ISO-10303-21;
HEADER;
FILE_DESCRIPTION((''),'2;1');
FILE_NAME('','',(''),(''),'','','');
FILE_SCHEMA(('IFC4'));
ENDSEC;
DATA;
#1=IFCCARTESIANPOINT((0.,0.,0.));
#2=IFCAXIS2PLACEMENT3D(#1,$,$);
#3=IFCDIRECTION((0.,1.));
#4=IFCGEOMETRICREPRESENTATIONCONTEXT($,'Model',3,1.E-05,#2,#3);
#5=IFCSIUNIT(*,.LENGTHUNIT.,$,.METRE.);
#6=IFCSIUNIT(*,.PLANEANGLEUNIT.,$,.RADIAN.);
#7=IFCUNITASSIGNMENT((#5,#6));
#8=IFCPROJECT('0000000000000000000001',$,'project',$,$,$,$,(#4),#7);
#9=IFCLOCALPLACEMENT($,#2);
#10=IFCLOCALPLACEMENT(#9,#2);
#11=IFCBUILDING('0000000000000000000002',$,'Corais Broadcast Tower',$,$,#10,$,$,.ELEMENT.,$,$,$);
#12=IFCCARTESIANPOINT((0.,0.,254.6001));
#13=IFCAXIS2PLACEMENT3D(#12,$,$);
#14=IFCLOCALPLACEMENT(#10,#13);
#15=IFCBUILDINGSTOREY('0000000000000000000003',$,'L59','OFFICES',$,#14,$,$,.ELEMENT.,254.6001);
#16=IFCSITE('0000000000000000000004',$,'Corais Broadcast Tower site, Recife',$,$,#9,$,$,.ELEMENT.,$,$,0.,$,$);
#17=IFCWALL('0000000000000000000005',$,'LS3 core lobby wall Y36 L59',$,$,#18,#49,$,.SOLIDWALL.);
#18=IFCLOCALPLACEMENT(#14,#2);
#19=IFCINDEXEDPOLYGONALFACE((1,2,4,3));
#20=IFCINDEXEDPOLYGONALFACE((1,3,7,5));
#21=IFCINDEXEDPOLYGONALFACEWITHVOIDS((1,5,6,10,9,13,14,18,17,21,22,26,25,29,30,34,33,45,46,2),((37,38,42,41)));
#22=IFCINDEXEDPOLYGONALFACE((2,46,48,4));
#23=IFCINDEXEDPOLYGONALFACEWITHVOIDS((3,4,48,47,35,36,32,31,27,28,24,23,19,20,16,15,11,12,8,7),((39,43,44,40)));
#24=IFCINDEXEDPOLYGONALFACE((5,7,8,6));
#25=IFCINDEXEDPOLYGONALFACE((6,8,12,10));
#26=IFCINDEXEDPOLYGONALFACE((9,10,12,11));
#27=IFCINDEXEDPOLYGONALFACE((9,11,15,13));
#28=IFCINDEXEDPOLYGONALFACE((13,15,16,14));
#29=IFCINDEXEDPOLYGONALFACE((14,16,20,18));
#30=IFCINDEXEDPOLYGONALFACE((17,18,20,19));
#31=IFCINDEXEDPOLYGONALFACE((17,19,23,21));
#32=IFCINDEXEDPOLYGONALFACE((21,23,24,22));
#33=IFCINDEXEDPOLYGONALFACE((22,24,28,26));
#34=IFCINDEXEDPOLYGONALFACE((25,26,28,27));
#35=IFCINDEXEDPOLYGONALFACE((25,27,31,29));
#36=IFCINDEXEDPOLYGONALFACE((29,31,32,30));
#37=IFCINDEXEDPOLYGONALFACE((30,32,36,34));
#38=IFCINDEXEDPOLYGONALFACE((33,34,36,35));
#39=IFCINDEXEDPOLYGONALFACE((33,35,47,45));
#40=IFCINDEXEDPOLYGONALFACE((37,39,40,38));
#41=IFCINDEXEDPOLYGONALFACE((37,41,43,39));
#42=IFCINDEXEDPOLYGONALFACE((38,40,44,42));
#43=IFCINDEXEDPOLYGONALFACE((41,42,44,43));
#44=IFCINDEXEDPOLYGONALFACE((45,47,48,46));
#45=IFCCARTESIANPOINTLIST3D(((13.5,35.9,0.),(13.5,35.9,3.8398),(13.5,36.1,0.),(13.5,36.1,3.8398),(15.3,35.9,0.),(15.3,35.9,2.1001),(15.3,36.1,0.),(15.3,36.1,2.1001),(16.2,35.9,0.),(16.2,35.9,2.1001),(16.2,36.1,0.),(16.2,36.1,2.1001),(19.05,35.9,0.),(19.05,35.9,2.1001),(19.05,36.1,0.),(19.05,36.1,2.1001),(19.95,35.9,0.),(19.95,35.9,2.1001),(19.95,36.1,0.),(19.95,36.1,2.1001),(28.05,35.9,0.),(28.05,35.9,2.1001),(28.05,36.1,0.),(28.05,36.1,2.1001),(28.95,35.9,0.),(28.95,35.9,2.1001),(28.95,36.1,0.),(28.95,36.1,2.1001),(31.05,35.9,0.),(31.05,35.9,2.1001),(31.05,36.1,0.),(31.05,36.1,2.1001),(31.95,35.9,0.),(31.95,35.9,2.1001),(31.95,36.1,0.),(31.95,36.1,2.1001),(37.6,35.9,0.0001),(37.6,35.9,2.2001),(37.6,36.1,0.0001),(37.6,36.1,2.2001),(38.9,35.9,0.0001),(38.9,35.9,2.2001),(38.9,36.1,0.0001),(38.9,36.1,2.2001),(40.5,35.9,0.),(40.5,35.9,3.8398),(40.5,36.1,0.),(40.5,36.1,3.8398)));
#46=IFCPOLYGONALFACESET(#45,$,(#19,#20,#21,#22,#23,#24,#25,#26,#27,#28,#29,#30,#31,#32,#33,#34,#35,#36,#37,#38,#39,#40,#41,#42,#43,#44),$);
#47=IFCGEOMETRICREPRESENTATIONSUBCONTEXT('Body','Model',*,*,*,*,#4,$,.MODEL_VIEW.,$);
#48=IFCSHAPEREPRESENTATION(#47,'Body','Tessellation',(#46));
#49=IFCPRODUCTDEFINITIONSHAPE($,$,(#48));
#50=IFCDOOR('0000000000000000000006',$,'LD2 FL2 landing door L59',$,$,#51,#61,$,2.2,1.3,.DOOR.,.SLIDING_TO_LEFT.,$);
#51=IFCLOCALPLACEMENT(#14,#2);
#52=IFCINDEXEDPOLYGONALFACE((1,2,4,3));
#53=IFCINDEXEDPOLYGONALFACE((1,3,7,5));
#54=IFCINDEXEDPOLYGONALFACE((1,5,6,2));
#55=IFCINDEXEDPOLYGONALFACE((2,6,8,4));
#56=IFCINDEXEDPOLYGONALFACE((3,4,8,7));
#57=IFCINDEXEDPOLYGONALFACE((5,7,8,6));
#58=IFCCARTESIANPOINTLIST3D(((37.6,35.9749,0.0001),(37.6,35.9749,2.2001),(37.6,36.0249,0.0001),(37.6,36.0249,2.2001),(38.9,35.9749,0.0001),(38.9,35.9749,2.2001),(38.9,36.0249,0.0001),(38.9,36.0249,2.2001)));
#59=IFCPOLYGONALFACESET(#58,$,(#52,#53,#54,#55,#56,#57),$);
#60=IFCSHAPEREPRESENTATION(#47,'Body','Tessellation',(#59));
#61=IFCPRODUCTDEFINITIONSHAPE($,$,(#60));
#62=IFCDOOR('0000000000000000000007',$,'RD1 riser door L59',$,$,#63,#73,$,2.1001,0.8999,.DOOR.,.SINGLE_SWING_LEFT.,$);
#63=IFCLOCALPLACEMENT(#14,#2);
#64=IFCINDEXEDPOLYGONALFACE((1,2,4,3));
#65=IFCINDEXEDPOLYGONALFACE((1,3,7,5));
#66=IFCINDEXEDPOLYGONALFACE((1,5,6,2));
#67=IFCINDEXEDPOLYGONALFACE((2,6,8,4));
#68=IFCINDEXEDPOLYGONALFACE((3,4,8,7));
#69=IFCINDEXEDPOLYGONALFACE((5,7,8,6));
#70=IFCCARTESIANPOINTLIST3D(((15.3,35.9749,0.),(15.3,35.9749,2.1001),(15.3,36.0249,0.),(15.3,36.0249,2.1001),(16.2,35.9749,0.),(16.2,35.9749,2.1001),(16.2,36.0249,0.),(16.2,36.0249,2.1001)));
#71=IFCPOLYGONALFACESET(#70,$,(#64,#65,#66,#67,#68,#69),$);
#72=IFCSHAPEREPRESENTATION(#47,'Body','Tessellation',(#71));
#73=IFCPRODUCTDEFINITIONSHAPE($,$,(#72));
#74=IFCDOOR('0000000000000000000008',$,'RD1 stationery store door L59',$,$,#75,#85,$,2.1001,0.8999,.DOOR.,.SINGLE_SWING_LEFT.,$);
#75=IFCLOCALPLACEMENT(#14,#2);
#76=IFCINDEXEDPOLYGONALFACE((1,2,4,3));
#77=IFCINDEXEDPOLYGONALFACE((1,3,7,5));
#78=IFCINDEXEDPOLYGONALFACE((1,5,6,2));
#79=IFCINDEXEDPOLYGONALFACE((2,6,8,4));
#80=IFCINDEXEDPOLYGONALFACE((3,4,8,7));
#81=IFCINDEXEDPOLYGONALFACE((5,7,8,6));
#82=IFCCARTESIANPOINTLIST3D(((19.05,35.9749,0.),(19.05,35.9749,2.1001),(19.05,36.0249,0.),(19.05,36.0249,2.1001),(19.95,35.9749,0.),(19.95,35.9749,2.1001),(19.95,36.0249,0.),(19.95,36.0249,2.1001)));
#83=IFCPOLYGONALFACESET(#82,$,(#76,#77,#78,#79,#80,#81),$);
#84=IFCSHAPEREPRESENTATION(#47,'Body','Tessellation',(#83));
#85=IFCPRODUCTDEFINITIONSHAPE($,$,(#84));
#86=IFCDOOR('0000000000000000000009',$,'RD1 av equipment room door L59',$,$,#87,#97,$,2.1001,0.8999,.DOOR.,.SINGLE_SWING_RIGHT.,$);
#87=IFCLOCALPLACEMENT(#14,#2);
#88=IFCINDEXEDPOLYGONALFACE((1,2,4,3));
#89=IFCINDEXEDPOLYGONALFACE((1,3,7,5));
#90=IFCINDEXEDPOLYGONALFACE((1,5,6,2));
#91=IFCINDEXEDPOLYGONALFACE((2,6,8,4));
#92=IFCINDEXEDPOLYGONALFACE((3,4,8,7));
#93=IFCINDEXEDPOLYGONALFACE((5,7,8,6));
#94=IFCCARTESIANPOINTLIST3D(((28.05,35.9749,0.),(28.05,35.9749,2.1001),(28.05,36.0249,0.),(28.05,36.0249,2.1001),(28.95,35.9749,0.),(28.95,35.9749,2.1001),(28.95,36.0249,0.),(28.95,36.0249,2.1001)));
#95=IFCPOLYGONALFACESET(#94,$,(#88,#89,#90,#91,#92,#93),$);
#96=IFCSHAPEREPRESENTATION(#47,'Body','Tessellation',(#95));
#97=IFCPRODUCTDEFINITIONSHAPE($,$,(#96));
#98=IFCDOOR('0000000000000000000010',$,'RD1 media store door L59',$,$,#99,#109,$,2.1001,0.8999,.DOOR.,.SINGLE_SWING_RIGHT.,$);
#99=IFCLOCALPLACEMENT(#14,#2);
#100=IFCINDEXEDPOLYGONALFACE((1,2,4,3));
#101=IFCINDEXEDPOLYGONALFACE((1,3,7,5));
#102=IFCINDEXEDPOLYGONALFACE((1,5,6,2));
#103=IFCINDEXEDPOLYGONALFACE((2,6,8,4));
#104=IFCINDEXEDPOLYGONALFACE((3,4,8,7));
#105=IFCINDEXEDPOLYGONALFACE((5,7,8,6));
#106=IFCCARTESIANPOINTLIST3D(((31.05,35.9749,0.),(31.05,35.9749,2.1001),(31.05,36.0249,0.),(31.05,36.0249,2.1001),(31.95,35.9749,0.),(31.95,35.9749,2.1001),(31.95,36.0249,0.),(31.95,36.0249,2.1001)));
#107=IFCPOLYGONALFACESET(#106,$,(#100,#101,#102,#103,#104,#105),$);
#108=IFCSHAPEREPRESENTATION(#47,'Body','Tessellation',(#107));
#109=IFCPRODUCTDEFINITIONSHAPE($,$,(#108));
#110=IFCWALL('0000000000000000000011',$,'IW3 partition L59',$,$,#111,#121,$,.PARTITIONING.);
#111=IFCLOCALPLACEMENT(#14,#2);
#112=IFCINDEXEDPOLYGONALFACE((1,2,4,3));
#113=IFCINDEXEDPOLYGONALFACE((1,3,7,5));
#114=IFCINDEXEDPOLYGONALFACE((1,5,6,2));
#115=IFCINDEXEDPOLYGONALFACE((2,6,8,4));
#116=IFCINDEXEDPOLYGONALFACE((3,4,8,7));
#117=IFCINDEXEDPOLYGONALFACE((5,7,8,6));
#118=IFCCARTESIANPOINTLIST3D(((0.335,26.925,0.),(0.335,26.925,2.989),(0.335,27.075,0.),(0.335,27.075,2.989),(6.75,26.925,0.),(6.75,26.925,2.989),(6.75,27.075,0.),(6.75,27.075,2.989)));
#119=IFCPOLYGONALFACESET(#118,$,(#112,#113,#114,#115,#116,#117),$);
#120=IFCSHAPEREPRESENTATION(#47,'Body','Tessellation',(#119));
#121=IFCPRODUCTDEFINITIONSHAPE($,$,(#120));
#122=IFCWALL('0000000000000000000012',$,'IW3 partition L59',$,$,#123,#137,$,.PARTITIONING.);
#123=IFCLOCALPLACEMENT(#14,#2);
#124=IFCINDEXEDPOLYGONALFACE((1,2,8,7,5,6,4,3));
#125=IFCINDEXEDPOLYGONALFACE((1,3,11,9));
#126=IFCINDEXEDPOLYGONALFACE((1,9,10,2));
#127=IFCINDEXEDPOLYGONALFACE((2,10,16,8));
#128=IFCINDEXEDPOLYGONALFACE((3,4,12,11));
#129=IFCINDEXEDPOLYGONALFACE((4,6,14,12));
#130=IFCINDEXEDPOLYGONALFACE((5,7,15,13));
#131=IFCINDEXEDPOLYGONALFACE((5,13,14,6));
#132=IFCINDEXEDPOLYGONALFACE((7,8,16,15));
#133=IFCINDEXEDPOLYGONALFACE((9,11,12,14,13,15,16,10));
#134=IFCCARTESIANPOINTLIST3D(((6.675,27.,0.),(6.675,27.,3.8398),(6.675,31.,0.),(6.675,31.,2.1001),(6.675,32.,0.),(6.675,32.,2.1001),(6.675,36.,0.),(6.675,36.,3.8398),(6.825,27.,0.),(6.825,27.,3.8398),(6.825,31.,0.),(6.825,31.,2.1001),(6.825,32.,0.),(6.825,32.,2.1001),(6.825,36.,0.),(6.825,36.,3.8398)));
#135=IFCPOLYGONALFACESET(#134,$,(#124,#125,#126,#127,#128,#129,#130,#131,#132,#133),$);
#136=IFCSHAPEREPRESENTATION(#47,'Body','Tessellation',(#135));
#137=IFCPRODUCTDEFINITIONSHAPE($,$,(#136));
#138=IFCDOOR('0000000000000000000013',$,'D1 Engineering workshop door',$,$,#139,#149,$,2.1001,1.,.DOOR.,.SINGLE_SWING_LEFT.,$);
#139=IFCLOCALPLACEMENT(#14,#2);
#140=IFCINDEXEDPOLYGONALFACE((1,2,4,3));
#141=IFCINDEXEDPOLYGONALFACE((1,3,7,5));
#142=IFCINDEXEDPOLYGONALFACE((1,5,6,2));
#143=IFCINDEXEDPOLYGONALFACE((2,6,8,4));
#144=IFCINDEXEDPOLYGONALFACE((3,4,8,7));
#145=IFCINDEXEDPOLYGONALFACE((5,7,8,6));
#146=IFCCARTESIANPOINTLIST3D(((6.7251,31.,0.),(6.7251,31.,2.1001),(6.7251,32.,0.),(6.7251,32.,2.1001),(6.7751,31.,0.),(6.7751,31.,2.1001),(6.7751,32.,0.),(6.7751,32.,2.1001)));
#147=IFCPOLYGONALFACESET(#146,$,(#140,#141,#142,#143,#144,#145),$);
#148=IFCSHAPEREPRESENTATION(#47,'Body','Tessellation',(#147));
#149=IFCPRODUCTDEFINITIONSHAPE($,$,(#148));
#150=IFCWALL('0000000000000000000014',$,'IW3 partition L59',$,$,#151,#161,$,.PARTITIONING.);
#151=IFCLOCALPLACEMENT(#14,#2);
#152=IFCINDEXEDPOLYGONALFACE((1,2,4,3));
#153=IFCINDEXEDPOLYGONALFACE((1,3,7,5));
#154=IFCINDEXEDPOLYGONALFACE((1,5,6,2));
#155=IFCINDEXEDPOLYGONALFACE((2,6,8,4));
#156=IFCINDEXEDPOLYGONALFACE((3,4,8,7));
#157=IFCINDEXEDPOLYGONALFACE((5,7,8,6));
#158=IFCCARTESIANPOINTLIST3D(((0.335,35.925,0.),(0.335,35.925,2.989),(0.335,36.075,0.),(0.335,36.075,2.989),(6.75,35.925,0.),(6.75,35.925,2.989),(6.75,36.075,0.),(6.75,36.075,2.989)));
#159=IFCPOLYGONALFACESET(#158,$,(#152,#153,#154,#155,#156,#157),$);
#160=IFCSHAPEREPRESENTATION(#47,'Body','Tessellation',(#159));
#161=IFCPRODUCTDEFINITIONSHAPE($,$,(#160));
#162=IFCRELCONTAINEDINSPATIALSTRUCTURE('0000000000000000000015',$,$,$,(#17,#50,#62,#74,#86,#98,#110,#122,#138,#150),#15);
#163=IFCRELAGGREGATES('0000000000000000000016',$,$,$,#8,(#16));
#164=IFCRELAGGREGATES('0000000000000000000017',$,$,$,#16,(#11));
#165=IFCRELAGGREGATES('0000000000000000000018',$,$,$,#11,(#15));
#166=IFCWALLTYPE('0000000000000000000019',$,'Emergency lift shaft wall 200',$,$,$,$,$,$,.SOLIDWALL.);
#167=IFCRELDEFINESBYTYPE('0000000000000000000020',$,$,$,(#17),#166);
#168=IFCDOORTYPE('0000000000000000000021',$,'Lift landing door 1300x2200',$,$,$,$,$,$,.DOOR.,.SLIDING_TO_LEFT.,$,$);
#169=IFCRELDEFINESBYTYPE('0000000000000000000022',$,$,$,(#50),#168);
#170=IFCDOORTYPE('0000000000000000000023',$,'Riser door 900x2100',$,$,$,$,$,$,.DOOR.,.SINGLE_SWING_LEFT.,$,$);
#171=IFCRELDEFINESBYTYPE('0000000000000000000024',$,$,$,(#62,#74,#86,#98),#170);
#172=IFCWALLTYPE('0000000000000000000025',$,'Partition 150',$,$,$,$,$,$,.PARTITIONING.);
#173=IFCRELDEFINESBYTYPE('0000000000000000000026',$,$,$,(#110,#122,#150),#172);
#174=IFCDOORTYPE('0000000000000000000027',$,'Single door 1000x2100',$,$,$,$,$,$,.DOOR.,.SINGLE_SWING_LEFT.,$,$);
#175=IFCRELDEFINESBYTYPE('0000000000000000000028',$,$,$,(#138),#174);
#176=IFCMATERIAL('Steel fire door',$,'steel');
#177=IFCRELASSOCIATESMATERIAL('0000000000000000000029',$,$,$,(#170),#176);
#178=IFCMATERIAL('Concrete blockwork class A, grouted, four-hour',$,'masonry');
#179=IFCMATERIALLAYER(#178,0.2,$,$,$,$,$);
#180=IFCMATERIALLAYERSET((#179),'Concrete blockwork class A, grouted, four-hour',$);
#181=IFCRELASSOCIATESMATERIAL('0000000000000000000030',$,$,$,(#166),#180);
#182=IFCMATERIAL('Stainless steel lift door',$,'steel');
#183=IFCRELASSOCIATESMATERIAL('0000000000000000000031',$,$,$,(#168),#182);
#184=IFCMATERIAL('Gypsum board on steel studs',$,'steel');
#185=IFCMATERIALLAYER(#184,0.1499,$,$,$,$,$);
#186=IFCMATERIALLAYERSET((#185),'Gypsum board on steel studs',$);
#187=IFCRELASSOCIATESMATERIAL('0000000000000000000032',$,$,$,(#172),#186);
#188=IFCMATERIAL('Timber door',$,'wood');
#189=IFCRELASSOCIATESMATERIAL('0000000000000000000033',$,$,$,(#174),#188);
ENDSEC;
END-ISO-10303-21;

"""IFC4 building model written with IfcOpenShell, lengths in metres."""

from ifc_helpers import new_model, si_unit, direction, frame, frame_2d, origin, place, context, subcontext, project, spatial, rectangle, extrude, material, layer, layer_set, type_object, element, fill, save


model = new_model("IFC4")

# Units and contexts
model_context = context("Model", 3, precision=1e-05, world=origin(), true_north=direction((0.0, 1.0)))
body_context = subcontext(model_context, "Body", "Model", "MODEL_VIEW")
ifc_project = project(units=[si_unit("LENGTHUNIT", "METRE"), si_unit("PLANEANGLEUNIT", "RADIAN")], contexts=[model_context])

# Site, building, storey
site_placement = place(None, origin())
site = spatial("IfcSite", under=ifc_project, at=site_placement, Name="Corais Broadcast Tower site, Recife", CompositionType="ELEMENT", RefElevation=0.0)
building_placement = place(site_placement, origin())
building = spatial("IfcBuilding", under=site, at=building_placement, Name="Corais Broadcast Tower", CompositionType="ELEMENT")
storey_placement = place(building_placement, frame((0.0, 0.0, 254.6001)))
storey = spatial("IfcBuildingStorey", under=building, at=storey_placement, Name="L59", Description="OFFICES", CompositionType="ELEMENT", Elevation=254.6001)

# Wall, openings, doors
ifc_material_1 = material(Name="Steel fire door", Category="steel")
door_type_1 = type_object("IfcDoorType", Name="Riser door 900x2100", OperationType="SINGLE_SWING_LEFT", PredefinedType="DOOR", material=ifc_material_1)
ifc_material_2 = material(Name="Concrete blockwork class A, grouted, four-hour", Category="masonry")
ifc_layer_1 = layer(ifc_material_2, 0.2)
ifc_layer_set_1 = layer_set([ifc_layer_1], Name="Concrete blockwork class A, grouted, four-hour")
wall_type_1 = type_object("IfcWallType", Name="Emergency lift shaft wall 200", PredefinedType="SOLIDWALL", material=ifc_layer_set_1)
wall_1_placement = place(storey_placement, frame((13.5, 36.0, 0.0), z_axis=(0.0, 0.0, 1.0), x_axis=(1.0, 0.0, 0.0)))
wall_1 = element("IfcWall", 1, at=wall_1_placement, inside=storey, type_object=wall_type_1, Name="LS3 core lobby wall Y36 L59", PredefinedType="SOLIDWALL", context=body_context, shape_type="SweptSolid", body=[
    extrude(rectangle(XDim=27.0, YDim=0.2, at=frame_2d((13.5, 0.0))), origin(), (0.0, 0.0, 1.0), 3.8398),
])
opening_1_placement = place(wall_1_placement, frame((1.8, 0.0, 0.0)))
opening_1 = element("IfcOpeningElement", 2, at=opening_1_placement, cuts=wall_1, PredefinedType="OPENING", context=body_context, shape_type="SweptSolid", body=[
    extrude(rectangle(XDim=0.8999, YDim=2.1001, at=frame_2d((0.45, 1.05))), frame((0.0, 0.1099, 0.0), z_axis=(0.0, -1.0, 0.0), x_axis=(1.0, 0.0, 0.0)), (0.0, 0.0, 1.0), 0.22),
])
opening_2_placement = place(wall_1_placement, frame((5.55, 0.0, 0.0)))
opening_2 = element("IfcOpeningElement", 3, at=opening_2_placement, cuts=wall_1, PredefinedType="OPENING", context=body_context, shape_type="SweptSolid", body=[
    extrude(rectangle(XDim=0.8999, YDim=2.1001, at=frame_2d((0.45, 1.05))), frame((0.0, 0.1099, 0.0), z_axis=(0.0, -1.0, 0.0), x_axis=(1.0, 0.0, 0.0)), (0.0, 0.0, 1.0), 0.22),
])
opening_3_placement = place(wall_1_placement, frame((14.55, 0.0, 0.0)))
opening_3 = element("IfcOpeningElement", 4, at=opening_3_placement, cuts=wall_1, PredefinedType="OPENING", context=body_context, shape_type="SweptSolid", body=[
    extrude(rectangle(XDim=0.8999, YDim=2.1001, at=frame_2d((0.45, 1.05))), frame((0.0, 0.1099, 0.0), z_axis=(0.0, -1.0, 0.0), x_axis=(1.0, 0.0, 0.0)), (0.0, 0.0, 1.0), 0.22),
])
opening_4_placement = place(wall_1_placement, frame((17.55, 0.0, 0.0)))
opening_4 = element("IfcOpeningElement", 5, at=opening_4_placement, cuts=wall_1, PredefinedType="OPENING", context=body_context, shape_type="SweptSolid", body=[
    extrude(rectangle(XDim=0.8999, YDim=2.1001, at=frame_2d((0.45, 1.05))), frame((0.0, 0.1099, 0.0), z_axis=(0.0, -1.0, 0.0), x_axis=(1.0, 0.0, 0.0)), (0.0, 0.0, 1.0), 0.22),
])
opening_5_placement = place(wall_1_placement, frame((24.1001, 0.0, 0.0)))
opening_5 = element("IfcOpeningElement", 6, at=opening_5_placement, cuts=wall_1, PredefinedType="OPENING", context=body_context, shape_type="SweptSolid", body=[
    extrude(rectangle(XDim=1.3, YDim=2.2, at=frame_2d((0.6499, 1.1001))), frame((0.0, 0.1099, 0.0), z_axis=(0.0, -1.0, 0.0), x_axis=(1.0, 0.0, 0.0)), (0.0, 0.0, 1.0), 0.22),
])
ifc_material_3 = material(Name="Stainless steel lift door", Category="steel")
door_type_2 = type_object("IfcDoorType", Name="Lift landing door 1300x2200", OperationType="SLIDING_TO_LEFT", PredefinedType="DOOR", material=ifc_material_3)
door_1_placement = place(opening_5_placement, origin())
door_1 = element("IfcDoor", 7, at=door_1_placement, inside=storey, type_object=door_type_2, Name="LD2 FL2 landing door L59", OperationType="SLIDING_TO_LEFT", OverallHeight=2.2, OverallWidth=1.3, PredefinedType="DOOR", context=body_context, shape_type="SweptSolid", body=[
    extrude(rectangle(XDim=1.3, YDim=2.2, at=frame_2d((0.6499, 1.1001))), frame((0.0, 0.0249, 0.0), z_axis=(0.0, -1.0, 0.0), x_axis=(1.0, 0.0, 0.0)), (0.0, 0.0, 1.0), 0.05),
])
fill(opening_5, door_1)
door_2_placement = place(opening_1_placement, origin())
door_2 = element("IfcDoor", 8, at=door_2_placement, inside=storey, type_object=door_type_1, Name="RD1 riser door L59", OperationType="SINGLE_SWING_LEFT", OverallHeight=2.1001, OverallWidth=0.8999, PredefinedType="DOOR", context=body_context, shape_type="SweptSolid", body=[
    extrude(rectangle(XDim=0.8999, YDim=2.1001, at=frame_2d((0.45, 1.05))), frame((0.0, 0.0249, 0.0), z_axis=(0.0, -1.0, 0.0), x_axis=(1.0, 0.0, 0.0)), (0.0, 0.0, 1.0), 0.05),
])
fill(opening_1, door_2)
door_3_placement = place(opening_2_placement, origin())
door_3 = element("IfcDoor", 9, at=door_3_placement, inside=storey, type_object=door_type_1, Name="RD1 stationery store door L59", OperationType="SINGLE_SWING_LEFT", OverallHeight=2.1001, OverallWidth=0.8999, PredefinedType="DOOR", context=body_context, shape_type="SweptSolid", body=[
    extrude(rectangle(XDim=0.8999, YDim=2.1001, at=frame_2d((0.45, 1.05))), frame((0.0, 0.0249, 0.0), z_axis=(0.0, -1.0, 0.0), x_axis=(1.0, 0.0, 0.0)), (0.0, 0.0, 1.0), 0.05),
])
fill(opening_2, door_3)
door_4_placement = place(opening_3_placement, origin())
door_4 = element("IfcDoor", 10, at=door_4_placement, inside=storey, type_object=door_type_1, Name="RD1 av equipment room door L59", OperationType="SINGLE_SWING_RIGHT", OverallHeight=2.1001, OverallWidth=0.8999, PredefinedType="DOOR", context=body_context, shape_type="SweptSolid", body=[
    extrude(rectangle(XDim=0.8999, YDim=2.1001, at=frame_2d((0.45, 1.05))), frame((0.0, 0.0249, 0.0), z_axis=(0.0, -1.0, 0.0), x_axis=(1.0, 0.0, 0.0)), (0.0, 0.0, 1.0), 0.05),
])
fill(opening_3, door_4)
door_5_placement = place(opening_4_placement, origin())
door_5 = element("IfcDoor", 11, at=door_5_placement, inside=storey, type_object=door_type_1, Name="RD1 media store door L59", OperationType="SINGLE_SWING_RIGHT", OverallHeight=2.1001, OverallWidth=0.8999, PredefinedType="DOOR", context=body_context, shape_type="SweptSolid", body=[
    extrude(rectangle(XDim=0.8999, YDim=2.1001, at=frame_2d((0.45, 1.05))), frame((0.0, 0.0249, 0.0), z_axis=(0.0, -1.0, 0.0), x_axis=(1.0, 0.0, 0.0)), (0.0, 0.0, 1.0), 0.05),
])
fill(opening_4, door_5)

# Wall
ifc_material_4 = material(Name="Gypsum board on steel studs", Category="steel")
ifc_layer_2 = layer(ifc_material_4, 0.1499)
ifc_layer_set_2 = layer_set([ifc_layer_2], Name="Gypsum board on steel studs")
wall_type_2 = type_object("IfcWallType", Name="Partition 150", PredefinedType="PARTITIONING", material=ifc_layer_set_2)
wall_2_placement = place(storey_placement, frame((6.75, 27.0, 0.0), z_axis=(0.0, 0.0, 1.0), x_axis=(-1.0, 0.0, 0.0)))
element("IfcWall", 12, at=wall_2_placement, inside=storey, type_object=wall_type_2, Name="IW3 partition L59", PredefinedType="PARTITIONING", context=body_context, shape_type="SweptSolid", body=[
    extrude(rectangle(XDim=6.415, YDim=0.1499, at=frame_2d((3.2075, 0.0))), origin(), (0.0, 0.0, 1.0), 2.989),
])

# Wall, opening, door
wall_3_placement = place(storey_placement, frame((6.75, 27.0, 0.0), z_axis=(0.0, 0.0, 1.0), x_axis=(0.0, 1.0, 0.0)))
wall_3 = element("IfcWall", 13, at=wall_3_placement, inside=storey, type_object=wall_type_2, Name="IW3 partition L59", PredefinedType="PARTITIONING", context=body_context, shape_type="SweptSolid", body=[
    extrude(rectangle(XDim=9.0, YDim=0.1499, at=frame_2d((4.5, 0.0))), origin(), (0.0, 0.0, 1.0), 3.8398),
])
opening_6_placement = place(wall_3_placement, frame((4.0, 0.0, 0.0)))
opening_6 = element("IfcOpeningElement", 14, at=opening_6_placement, cuts=wall_3, PredefinedType="OPENING", context=body_context, shape_type="SweptSolid", body=[
    extrude(rectangle(XDim=1.0, YDim=2.1001, at=frame_2d((0.5, 1.05))), frame((0.0, 0.085, 0.0), z_axis=(0.0, -1.0, 0.0), x_axis=(1.0, 0.0, 0.0)), (0.0, 0.0, 1.0), 0.1699),
])
ifc_material_5 = material(Name="Timber door", Category="wood")
door_type_3 = type_object("IfcDoorType", Name="Single door 1000x2100", OperationType="SINGLE_SWING_LEFT", PredefinedType="DOOR", material=ifc_material_5)
door_6_placement = place(opening_6_placement, origin())
door_6 = element("IfcDoor", 15, at=door_6_placement, inside=storey, type_object=door_type_3, Name="D1 Engineering workshop door", OperationType="SINGLE_SWING_LEFT", OverallHeight=2.1001, OverallWidth=1.0, PredefinedType="DOOR", context=body_context, shape_type="SweptSolid", body=[
    extrude(rectangle(XDim=1.0, YDim=2.1001, at=frame_2d((0.5, 1.05))), frame((0.0, 0.0249, 0.0), z_axis=(0.0, -1.0, 0.0), x_axis=(1.0, 0.0, 0.0)), (0.0, 0.0, 1.0), 0.05),
])
fill(opening_6, door_6)

# Wall
wall_4_placement = place(storey_placement, frame((6.75, 36.0, 0.0), z_axis=(0.0, 0.0, 1.0), x_axis=(-1.0, 0.0, 0.0)))
element("IfcWall", 16, at=wall_4_placement, inside=storey, type_object=wall_type_2, Name="IW3 partition L59", PredefinedType="PARTITIONING", context=body_context, shape_type="SweptSolid", body=[
    extrude(rectangle(XDim=6.415, YDim=0.1499, at=frame_2d((3.2075, 0.0))), origin(), (0.0, 0.0, 1.0), 2.989),
])

save(model, "model.ifc")
